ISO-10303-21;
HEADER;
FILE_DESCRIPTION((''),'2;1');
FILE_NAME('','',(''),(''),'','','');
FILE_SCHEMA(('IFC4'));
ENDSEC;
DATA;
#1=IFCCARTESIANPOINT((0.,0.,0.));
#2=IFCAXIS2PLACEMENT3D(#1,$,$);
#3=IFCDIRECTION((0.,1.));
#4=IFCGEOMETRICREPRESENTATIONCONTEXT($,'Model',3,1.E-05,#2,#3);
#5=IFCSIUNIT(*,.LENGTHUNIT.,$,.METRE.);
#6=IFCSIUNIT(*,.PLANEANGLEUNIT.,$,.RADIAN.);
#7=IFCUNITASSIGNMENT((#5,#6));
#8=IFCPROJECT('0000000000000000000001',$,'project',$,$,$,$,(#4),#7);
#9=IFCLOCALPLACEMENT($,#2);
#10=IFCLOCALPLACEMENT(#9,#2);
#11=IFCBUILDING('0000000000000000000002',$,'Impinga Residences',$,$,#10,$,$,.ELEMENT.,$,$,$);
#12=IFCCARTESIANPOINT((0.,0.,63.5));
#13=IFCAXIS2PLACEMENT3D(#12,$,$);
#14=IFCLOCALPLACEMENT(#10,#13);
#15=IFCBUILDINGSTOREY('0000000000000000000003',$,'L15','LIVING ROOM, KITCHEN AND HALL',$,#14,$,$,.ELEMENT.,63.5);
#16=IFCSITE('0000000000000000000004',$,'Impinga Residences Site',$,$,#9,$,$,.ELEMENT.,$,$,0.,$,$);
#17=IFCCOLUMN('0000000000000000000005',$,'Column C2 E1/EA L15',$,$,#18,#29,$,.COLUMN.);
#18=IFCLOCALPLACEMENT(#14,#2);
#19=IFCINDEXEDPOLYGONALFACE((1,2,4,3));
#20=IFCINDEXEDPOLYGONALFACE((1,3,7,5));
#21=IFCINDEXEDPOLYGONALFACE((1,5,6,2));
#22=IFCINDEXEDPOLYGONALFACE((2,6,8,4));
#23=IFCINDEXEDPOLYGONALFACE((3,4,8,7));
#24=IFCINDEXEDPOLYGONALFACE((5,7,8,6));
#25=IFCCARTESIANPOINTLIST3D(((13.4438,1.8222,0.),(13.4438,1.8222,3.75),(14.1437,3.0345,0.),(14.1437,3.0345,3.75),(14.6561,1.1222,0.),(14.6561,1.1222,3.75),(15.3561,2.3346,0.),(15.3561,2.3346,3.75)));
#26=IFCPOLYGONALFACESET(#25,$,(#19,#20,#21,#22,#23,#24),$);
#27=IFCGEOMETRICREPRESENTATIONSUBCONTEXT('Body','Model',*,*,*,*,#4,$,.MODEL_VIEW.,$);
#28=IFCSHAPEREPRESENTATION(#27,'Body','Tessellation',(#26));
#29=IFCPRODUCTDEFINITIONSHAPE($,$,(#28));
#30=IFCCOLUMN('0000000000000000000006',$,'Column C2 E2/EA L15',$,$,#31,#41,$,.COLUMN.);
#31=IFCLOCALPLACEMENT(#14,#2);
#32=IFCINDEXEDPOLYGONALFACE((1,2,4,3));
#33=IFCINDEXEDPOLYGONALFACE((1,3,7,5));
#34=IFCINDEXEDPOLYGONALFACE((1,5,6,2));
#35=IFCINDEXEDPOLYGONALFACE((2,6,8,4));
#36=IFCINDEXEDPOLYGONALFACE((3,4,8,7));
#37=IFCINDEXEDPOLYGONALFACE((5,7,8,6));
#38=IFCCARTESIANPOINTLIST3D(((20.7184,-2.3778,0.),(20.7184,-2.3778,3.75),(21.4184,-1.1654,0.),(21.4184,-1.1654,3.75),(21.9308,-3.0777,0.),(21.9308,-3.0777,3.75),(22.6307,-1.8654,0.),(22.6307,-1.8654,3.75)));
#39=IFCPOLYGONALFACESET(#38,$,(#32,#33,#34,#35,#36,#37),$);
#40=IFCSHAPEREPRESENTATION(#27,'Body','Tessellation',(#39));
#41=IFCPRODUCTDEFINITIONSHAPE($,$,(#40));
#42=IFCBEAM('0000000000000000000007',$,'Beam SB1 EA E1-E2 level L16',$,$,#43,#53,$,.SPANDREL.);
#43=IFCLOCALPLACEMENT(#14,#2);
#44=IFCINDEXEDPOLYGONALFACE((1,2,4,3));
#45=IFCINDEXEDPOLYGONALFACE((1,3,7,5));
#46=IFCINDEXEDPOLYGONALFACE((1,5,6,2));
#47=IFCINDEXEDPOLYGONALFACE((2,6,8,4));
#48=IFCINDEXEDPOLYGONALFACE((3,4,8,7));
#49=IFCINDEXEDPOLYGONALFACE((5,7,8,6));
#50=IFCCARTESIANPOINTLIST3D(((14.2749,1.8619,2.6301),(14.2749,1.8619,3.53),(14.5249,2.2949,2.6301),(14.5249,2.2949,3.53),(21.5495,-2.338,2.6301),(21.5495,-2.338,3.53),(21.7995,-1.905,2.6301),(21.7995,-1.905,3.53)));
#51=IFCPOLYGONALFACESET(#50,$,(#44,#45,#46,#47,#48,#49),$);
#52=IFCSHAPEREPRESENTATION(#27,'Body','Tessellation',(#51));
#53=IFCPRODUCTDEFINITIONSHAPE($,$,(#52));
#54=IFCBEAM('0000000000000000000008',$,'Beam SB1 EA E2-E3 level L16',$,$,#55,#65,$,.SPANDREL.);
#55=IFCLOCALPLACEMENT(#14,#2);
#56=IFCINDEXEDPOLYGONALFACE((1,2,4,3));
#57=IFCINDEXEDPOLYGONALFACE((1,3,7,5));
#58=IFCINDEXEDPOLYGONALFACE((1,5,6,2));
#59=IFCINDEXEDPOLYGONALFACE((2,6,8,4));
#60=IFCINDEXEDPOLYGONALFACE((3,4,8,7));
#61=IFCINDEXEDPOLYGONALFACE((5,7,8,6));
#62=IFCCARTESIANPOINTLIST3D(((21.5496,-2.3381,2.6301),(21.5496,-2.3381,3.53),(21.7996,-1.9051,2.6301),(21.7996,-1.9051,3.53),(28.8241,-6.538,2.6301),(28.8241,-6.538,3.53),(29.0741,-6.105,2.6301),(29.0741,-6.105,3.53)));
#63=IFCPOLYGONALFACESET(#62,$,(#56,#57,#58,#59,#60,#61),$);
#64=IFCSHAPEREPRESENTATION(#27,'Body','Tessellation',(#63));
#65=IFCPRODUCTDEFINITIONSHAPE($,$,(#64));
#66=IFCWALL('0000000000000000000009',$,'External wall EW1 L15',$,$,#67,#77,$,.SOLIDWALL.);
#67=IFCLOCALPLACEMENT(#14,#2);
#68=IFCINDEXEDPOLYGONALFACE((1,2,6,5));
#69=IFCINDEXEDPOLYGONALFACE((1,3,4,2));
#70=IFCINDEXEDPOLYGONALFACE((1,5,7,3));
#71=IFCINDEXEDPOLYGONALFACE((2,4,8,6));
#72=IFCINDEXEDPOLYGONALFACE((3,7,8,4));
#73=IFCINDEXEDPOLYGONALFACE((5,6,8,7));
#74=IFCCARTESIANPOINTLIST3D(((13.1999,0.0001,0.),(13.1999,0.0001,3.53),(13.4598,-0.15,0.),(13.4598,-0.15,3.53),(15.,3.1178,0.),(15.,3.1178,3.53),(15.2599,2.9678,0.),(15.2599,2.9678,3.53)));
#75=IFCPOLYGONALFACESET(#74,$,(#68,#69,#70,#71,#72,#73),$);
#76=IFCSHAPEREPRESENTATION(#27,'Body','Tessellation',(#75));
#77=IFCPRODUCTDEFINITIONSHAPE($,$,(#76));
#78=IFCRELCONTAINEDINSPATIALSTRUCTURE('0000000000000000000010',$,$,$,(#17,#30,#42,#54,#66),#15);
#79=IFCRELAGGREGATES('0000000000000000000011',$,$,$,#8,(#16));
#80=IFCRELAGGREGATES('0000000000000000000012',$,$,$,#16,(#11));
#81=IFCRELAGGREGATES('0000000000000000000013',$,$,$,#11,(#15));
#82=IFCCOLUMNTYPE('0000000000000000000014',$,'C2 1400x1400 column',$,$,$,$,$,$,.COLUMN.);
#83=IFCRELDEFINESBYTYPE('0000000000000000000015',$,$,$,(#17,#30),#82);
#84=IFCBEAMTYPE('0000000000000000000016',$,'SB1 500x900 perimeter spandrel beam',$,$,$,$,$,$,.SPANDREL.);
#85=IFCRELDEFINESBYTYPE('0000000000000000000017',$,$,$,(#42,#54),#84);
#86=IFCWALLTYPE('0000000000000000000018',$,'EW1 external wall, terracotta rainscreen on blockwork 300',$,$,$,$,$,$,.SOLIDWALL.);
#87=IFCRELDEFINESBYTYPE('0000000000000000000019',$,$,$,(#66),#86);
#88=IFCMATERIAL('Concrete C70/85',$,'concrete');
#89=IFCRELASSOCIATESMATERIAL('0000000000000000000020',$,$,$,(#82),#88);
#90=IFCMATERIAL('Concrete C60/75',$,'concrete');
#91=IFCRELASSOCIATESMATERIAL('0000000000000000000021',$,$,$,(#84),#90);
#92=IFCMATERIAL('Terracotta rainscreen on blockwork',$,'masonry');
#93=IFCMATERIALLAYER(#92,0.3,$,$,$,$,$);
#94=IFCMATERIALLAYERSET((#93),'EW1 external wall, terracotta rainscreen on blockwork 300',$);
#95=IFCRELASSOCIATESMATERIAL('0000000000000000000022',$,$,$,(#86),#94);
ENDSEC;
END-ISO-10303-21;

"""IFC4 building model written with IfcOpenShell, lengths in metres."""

from ifc_helpers import new_model, si_unit, direction, frame, frame_2d, origin, origin_2d, place, context, subcontext, project, spatial, rectangle, extrude, material, layer, layer_set, material_profile, profile_set, type_object, element, save


model = new_model("IFC4")

# Units and contexts
model_context = context("Model", 3, precision=1e-05, world=origin(), true_north=direction((0.0, 1.0)))
body_context = subcontext(model_context, "Body", "Model", "MODEL_VIEW")
ifc_project = project(units=[si_unit("LENGTHUNIT", "METRE"), si_unit("PLANEANGLEUNIT", "RADIAN")], contexts=[model_context])

# Site, building, storey
site_placement = place(None, origin())
site = spatial("IfcSite", under=ifc_project, at=site_placement, Name="Impinga Residences Site", CompositionType="ELEMENT", RefElevation=0.0)
building_placement = place(site_placement, origin())
building = spatial("IfcBuilding", under=site, at=building_placement, Name="Impinga Residences", CompositionType="ELEMENT")
storey_placement = place(building_placement, frame((0.0, 0.0, 63.5)))
storey = spatial("IfcBuildingStorey", under=building, at=storey_placement, Name="L15", Description="LIVING ROOM, KITCHEN AND HALL", CompositionType="ELEMENT", Elevation=63.5)

# Columns
ifc_material_1 = material(Name="Concrete C70/85", Category="concrete")
ifc_material_profile_1 = material_profile(ifc_material_1, rectangle(XDim=1.3999, YDim=1.3999, at=origin_2d()), Name="RC 1400x1400")
ifc_profile_set_1 = profile_set([ifc_material_profile_1], Name="Concrete C70/85")
column_type = type_object("IfcColumnType", Name="C2 1400x1400 column", PredefinedType="COLUMN", material=ifc_profile_set_1)
for number, where, z_axis, x_axis, name in (
    (1, (14.3999, 2.0784, 0.0), (0.0, 0.0, 1.0), (-0.5, -0.866025, 0.0), "Column C2 E1/EA L15"),
    (2, (21.6746, -2.1216, 0.0), (0.0, 0.0, 1.0), (-0.5, -0.866025, 0.0), "Column C2 E2/EA L15"),
):
    element("IfcColumn", number, at=place(storey_placement, frame(where, z_axis=z_axis, x_axis=x_axis)), inside=storey, type_object=column_type, Name=name, PredefinedType="COLUMN", context=body_context, shape_type="SweptSolid", body=[
        extrude(rectangle(XDim=1.3999, YDim=1.3999, at=origin_2d()), origin(), (0.0, 0.0, 1.0), 3.75),
    ])

# Beams
ifc_material_2 = material(Name="Concrete C60/75", Category="concrete")
ifc_material_profile_2 = material_profile(ifc_material_2, rectangle(XDim=0.5, YDim=0.8999, at=origin_2d()), Name="RC 500x900")
ifc_profile_set_2 = profile_set([ifc_material_profile_2], Name="Concrete C60/75")
beam_type = type_object("IfcBeamType", Name="SB1 500x900 perimeter spandrel beam", PredefinedType="SPANDREL", material=ifc_profile_set_2)
for number, where, z_axis, x_axis, name in (
    (3, (14.3999, 2.0784, 3.0801), (0.866029, -0.499993, 0.0), (0.499993, 0.866029, 0.0), "Beam SB1 EA E1-E2 level L16"),
    (4, (21.6746, -2.1216, 3.0801), (0.866029, -0.499993, 0.0), (0.499993, 0.866029, 0.0), "Beam SB1 EA E2-E3 level L16"),
):
    element("IfcBeam", number, at=place(storey_placement, frame(where, z_axis=z_axis, x_axis=x_axis)), inside=storey, type_object=beam_type, Name=name, PredefinedType="SPANDREL", context=body_context, shape_type="SweptSolid", body=[
        extrude(rectangle(XDim=0.5, YDim=0.8999, at=origin_2d()), origin(), (0.0, 0.0, 1.0), 8.3999),
    ])

# Wall
ifc_material_3 = material(Name="Terracotta rainscreen on blockwork", Category="masonry")
ifc_layer_1 = layer(ifc_material_3, 0.3)
ifc_layer_set_1 = layer_set([ifc_layer_1], Name="EW1 external wall, terracotta rainscreen on blockwork 300")
wall_type_1 = type_object("IfcWallType", Name="EW1 external wall, terracotta rainscreen on blockwork 300", PredefinedType="SOLIDWALL", material=ifc_layer_set_1)
wall_1_placement = place(storey_placement, frame((13.3298, -0.075, 0.0), z_axis=(0.0, 0.0, 1.0), x_axis=(0.500012, 0.866018, 0.0)))
element("IfcWall", 5, at=wall_1_placement, inside=storey, type_object=wall_type_1, Name="External wall EW1 L15", PredefinedType="SOLIDWALL", context=body_context, shape_type="SweptSolid", body=[
    extrude(rectangle(XDim=3.6001, YDim=0.3, at=frame_2d((1.8, 0.0))), origin(), (0.0, 0.0, 1.0), 3.53),
])

save(model, "model.ifc")
